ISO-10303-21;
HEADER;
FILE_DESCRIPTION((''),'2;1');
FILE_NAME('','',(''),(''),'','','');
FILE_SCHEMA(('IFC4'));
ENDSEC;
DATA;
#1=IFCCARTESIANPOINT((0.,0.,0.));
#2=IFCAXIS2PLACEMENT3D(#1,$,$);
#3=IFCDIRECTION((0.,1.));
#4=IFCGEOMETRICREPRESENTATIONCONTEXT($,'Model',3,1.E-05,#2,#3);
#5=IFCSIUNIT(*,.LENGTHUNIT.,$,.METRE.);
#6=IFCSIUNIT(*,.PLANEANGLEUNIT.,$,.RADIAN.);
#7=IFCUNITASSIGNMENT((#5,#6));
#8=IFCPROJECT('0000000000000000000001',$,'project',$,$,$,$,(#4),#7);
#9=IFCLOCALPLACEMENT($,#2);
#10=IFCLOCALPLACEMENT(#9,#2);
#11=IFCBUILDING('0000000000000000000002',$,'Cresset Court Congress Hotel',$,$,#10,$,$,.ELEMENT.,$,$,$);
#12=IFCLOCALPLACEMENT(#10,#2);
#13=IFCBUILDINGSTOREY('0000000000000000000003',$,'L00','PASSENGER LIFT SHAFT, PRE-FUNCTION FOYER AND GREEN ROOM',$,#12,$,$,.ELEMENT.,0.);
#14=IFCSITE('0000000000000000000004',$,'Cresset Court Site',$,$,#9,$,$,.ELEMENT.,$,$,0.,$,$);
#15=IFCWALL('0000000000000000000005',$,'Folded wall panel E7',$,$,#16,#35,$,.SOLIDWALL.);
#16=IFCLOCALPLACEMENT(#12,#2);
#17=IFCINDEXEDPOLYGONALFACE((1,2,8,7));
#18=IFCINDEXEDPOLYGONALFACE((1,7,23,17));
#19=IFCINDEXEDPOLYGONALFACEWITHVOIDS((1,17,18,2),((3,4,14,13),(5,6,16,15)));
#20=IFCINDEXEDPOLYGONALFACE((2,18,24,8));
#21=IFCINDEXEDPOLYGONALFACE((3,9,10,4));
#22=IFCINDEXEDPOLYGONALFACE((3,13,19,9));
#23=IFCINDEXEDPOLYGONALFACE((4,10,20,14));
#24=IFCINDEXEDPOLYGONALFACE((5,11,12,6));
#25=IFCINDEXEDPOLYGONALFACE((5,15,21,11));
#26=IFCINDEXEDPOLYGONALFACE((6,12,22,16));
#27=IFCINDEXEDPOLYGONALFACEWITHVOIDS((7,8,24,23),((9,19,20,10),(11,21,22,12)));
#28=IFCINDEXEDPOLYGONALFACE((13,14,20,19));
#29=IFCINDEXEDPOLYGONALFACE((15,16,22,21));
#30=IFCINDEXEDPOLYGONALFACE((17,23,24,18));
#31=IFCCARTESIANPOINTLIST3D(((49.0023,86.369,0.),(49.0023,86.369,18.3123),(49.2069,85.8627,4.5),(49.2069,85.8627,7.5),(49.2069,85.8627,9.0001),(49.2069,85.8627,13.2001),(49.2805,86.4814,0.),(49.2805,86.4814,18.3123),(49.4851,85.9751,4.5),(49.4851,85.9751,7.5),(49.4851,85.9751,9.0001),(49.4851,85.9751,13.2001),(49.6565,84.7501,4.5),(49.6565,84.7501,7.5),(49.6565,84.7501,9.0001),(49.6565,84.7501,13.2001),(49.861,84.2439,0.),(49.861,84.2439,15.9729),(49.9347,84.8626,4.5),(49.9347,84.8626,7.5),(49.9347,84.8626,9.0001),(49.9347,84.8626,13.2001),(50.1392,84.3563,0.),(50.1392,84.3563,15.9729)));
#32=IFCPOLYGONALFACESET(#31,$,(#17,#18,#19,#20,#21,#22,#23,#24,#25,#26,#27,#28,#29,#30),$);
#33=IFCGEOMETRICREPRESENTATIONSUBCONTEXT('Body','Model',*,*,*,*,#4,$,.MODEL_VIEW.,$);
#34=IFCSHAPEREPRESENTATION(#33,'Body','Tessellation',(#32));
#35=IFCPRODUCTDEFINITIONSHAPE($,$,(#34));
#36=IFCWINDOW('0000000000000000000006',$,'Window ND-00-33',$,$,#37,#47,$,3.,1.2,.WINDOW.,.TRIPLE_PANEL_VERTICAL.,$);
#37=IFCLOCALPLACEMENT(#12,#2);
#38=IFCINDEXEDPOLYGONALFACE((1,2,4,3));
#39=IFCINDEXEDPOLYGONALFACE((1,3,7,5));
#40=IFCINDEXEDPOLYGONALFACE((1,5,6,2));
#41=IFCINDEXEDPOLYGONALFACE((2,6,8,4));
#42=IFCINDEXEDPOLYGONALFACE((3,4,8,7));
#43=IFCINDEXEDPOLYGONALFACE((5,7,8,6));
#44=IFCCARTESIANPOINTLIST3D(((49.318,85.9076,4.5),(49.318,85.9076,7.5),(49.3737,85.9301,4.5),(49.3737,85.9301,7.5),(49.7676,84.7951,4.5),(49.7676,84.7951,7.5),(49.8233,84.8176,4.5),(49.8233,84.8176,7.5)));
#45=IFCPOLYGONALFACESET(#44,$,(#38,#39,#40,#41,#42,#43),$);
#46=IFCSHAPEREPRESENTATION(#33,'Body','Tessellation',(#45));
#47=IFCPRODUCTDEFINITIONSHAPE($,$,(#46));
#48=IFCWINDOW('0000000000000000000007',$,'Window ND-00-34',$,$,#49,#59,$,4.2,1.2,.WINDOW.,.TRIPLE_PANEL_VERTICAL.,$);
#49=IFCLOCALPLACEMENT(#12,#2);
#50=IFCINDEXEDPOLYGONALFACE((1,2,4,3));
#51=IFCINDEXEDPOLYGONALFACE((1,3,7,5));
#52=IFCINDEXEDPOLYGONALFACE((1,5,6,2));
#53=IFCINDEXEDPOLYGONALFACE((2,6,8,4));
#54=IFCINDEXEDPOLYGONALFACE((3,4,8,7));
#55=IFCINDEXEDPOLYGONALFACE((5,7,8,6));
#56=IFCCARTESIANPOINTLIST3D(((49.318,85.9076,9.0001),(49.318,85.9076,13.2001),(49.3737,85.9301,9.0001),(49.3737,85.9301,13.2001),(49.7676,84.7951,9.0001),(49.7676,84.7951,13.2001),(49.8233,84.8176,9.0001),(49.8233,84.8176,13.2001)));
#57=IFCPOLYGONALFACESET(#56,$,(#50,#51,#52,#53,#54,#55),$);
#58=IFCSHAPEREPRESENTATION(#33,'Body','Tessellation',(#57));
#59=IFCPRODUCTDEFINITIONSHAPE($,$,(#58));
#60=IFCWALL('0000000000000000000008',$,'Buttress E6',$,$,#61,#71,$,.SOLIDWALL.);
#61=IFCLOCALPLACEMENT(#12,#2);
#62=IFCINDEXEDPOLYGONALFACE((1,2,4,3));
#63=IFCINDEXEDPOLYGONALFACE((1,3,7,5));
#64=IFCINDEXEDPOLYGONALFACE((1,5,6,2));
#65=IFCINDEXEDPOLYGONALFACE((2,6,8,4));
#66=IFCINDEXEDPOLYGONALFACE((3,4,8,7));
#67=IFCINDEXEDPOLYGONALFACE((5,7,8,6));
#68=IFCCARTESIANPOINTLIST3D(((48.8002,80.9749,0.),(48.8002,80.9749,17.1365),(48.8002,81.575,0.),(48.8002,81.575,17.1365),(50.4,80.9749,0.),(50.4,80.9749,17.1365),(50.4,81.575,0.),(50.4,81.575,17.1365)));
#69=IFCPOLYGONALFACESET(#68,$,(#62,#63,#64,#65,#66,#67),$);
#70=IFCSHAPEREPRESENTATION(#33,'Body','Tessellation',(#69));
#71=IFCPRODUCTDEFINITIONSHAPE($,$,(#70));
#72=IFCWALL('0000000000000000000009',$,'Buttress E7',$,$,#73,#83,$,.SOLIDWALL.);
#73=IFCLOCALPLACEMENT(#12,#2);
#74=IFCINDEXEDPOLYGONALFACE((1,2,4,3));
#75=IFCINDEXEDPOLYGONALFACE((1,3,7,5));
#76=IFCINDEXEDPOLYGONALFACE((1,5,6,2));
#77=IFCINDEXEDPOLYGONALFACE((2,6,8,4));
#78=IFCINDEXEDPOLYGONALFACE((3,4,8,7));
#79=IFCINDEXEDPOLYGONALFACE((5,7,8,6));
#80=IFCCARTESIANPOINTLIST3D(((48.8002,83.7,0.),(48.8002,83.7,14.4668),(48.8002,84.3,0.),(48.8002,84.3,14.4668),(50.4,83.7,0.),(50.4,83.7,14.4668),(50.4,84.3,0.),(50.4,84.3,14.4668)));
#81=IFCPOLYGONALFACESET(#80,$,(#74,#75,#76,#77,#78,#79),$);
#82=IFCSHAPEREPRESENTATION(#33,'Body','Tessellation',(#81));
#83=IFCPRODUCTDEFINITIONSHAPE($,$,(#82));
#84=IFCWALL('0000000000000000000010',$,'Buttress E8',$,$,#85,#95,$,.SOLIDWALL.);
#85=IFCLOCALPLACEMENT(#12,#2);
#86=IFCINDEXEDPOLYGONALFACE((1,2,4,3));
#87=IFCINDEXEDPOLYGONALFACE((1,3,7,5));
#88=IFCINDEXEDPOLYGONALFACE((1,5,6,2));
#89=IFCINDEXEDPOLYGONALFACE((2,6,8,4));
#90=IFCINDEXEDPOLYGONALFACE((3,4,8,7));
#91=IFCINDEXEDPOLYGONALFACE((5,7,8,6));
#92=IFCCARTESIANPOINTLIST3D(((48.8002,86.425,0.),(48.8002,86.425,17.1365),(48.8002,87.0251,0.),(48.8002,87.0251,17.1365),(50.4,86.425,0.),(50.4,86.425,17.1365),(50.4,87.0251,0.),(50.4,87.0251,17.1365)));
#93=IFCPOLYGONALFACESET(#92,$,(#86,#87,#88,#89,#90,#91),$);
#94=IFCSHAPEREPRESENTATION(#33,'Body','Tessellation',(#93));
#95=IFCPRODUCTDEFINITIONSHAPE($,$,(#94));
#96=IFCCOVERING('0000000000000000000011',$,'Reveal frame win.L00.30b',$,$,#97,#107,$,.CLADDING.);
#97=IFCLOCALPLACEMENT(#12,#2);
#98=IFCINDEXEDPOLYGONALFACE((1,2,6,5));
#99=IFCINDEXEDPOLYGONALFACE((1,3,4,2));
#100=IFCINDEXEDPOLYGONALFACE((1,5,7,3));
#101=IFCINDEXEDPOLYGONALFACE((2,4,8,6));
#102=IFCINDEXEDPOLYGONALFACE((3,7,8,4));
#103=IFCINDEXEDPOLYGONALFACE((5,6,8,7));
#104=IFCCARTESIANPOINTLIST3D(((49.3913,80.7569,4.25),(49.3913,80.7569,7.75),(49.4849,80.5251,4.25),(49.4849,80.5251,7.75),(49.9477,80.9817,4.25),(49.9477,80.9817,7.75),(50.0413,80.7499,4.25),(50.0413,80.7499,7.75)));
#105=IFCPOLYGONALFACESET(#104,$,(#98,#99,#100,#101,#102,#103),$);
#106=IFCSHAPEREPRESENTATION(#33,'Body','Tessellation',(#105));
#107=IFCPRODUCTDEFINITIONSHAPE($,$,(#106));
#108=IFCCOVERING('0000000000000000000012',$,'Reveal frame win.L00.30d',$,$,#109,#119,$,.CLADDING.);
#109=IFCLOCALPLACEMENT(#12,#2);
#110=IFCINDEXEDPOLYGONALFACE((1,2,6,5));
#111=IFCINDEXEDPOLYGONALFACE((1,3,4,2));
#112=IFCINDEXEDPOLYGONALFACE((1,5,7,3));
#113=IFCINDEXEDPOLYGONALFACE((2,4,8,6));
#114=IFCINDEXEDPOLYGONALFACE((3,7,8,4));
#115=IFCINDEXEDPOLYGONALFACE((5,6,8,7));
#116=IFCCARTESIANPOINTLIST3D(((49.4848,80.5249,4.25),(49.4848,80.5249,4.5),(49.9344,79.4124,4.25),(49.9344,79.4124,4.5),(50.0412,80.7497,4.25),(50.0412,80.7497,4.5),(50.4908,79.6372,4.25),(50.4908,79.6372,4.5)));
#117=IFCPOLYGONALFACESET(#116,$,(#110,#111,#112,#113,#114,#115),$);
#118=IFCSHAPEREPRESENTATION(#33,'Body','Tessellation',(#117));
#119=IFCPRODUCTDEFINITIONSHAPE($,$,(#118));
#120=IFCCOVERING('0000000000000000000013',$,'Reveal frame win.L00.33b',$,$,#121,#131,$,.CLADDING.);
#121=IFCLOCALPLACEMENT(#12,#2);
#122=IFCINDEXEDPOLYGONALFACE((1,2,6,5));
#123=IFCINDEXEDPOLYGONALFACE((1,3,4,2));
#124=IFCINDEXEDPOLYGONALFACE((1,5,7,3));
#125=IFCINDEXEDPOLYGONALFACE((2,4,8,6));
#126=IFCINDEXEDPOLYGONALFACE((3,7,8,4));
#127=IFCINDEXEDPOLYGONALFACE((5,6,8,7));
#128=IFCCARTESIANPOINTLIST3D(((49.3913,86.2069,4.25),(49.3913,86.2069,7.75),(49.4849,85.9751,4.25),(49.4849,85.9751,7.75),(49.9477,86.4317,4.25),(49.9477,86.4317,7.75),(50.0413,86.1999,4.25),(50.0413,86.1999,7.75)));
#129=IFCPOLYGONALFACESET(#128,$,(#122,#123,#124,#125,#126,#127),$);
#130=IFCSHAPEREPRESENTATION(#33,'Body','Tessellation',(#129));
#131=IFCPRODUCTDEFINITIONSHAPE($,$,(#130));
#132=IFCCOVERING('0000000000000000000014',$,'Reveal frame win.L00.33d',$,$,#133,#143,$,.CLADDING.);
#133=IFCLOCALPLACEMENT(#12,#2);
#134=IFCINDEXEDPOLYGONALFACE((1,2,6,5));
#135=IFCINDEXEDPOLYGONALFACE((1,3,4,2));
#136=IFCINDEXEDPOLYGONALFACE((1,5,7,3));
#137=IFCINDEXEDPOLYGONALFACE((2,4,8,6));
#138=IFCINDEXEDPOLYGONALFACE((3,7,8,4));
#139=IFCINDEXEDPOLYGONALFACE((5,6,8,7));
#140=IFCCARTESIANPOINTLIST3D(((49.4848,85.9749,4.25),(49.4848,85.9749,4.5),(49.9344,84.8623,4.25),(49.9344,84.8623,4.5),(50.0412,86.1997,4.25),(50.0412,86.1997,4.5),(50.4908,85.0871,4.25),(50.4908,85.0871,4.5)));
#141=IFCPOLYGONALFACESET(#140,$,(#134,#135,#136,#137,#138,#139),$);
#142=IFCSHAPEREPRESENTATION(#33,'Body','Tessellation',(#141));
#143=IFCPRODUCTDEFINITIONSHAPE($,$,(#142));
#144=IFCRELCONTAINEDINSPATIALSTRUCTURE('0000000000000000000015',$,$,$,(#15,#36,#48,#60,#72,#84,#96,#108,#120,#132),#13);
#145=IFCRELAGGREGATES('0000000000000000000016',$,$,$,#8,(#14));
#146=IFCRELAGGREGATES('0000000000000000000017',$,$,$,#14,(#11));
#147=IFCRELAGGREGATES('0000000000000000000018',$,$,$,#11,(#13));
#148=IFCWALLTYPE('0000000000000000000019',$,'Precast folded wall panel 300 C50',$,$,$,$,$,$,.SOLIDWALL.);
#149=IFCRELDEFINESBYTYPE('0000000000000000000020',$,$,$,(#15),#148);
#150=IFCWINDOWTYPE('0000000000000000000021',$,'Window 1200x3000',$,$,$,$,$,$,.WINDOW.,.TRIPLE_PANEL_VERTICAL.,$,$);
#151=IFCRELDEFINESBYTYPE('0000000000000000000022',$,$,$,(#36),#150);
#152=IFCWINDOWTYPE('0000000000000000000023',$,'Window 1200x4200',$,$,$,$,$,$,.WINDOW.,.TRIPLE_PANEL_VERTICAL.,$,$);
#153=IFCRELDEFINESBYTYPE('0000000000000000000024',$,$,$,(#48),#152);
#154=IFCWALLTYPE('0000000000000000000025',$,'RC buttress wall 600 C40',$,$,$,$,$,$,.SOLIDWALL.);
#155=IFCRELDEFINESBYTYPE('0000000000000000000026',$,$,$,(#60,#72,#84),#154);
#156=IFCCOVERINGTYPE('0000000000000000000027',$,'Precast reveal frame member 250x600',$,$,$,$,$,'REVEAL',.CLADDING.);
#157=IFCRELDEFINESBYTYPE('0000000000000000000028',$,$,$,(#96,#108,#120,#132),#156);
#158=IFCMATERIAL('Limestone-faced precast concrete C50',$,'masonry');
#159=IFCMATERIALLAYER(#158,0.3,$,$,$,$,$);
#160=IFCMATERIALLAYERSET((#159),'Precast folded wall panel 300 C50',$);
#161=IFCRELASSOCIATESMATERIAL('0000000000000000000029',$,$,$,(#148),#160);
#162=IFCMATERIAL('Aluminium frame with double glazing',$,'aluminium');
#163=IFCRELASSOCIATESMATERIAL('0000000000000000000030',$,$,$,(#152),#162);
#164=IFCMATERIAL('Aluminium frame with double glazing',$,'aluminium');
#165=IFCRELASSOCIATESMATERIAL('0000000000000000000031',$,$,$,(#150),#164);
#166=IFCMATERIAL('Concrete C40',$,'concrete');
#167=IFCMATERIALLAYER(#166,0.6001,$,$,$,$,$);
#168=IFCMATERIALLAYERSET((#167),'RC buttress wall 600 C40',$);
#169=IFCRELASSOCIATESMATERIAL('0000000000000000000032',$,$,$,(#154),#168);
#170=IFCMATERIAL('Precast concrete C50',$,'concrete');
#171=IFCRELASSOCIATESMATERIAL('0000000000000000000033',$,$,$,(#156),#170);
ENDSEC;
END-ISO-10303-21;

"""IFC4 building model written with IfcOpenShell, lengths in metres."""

from ifc_helpers import new_model, si_unit, direction, frame, frame_2d, origin, origin_2d, place, context, subcontext, project, spatial, polyline, rectangle, outline, extrude, material, layer, layer_set, type_object, element, fill, save


model = new_model("IFC4")

# Units and contexts
model_context = context("Model", 3, precision=1e-05, world=origin(), true_north=direction((0.0, 1.0)))
body_context = subcontext(model_context, "Body", "Model", "MODEL_VIEW")
ifc_project = project(units=[si_unit("LENGTHUNIT", "METRE"), si_unit("PLANEANGLEUNIT", "RADIAN")], contexts=[model_context])

# Site, building, storey
site_placement = place(None, origin())
site = spatial("IfcSite", under=ifc_project, at=site_placement, Name="Cresset Court Site", CompositionType="ELEMENT", RefElevation=0.0)
building_placement = place(site_placement, origin())
building = spatial("IfcBuilding", under=site, at=building_placement, Name="Cresset Court Congress Hotel", CompositionType="ELEMENT")
storey_placement = place(building_placement, origin())
storey = spatial("IfcBuildingStorey", under=building, at=storey_placement, Name="L00", Description="PASSENGER LIFT SHAFT, PRE-FUNCTION FOYER AND GREEN ROOM", CompositionType="ELEMENT", Elevation=0.0)

# Shared definitions
ifc_material_1 = material(Name="Limestone-faced precast concrete C50", Category="masonry")
ifc_layer_1 = layer(ifc_material_1, 0.3)
ifc_layer_set_1 = layer_set([ifc_layer_1], Name="Precast folded wall panel 300 C50")
wall_type_1 = type_object("IfcWallType", Name="Precast folded wall panel 300 C50", PredefinedType="SOLIDWALL", material=ifc_layer_set_1)
ifc_material_2 = material(Name="Aluminium frame with double glazing", Category="aluminium")
window_type_1 = type_object("IfcWindowType", Name="Window 1200x4200", PartitioningType="TRIPLE_PANEL_VERTICAL", PredefinedType="WINDOW", material=ifc_material_2)

# Wall, openings, windows
wall_1_placement = place(storey_placement, frame((50.0, 84.3, 0.0), z_axis=(0.0, 0.0, 1.0), x_axis=(-0.374639, 0.927171, 0.0)))
wall_1 = element("IfcWall", 1, at=wall_1_placement, inside=storey, type_object=wall_type_1, Name="Folded wall panel E7", PredefinedType="SOLIDWALL", context=body_context, shape_type="SweptSolid", body=[
    extrude(outline(polyline([(0.0, 0.0), (2.292, 0.0), (2.292, 18.3123), (0.0, 15.9729), (0.0, 0.0)])), frame((0.0, 0.1499, 0.0), z_axis=(0.0, -1.0, 0.0), x_axis=(1.0, 0.0, 0.0)), (0.0, 0.0, 1.0), 0.3),
])
opening_1_placement = place(wall_1_placement, frame((0.5459, 0.0, 4.5)))
opening_1 = element("IfcOpeningElement", 2, at=opening_1_placement, cuts=wall_1, PredefinedType="OPENING", context=body_context, shape_type="SweptSolid", body=[
    extrude(rectangle(XDim=1.2, YDim=3.0, at=frame_2d((0.6001, 1.5))), frame((0.0, 0.1599, 0.0), z_axis=(0.0, -1.0, 0.0), x_axis=(1.0, 0.0, 0.0)), (0.0, 0.0, 1.0), 0.3201),
])
opening_2_placement = place(wall_1_placement, frame((0.5459, 0.0, 9.0)))
opening_2 = element("IfcOpeningElement", 3, at=opening_2_placement, cuts=wall_1, PredefinedType="OPENING", context=body_context, shape_type="SweptSolid", body=[
    extrude(rectangle(XDim=1.2, YDim=4.2, at=frame_2d((0.6001, 2.1001))), frame((0.0, 0.1599, 0.0), z_axis=(0.0, -1.0, 0.0), x_axis=(1.0, 0.0, 0.0)), (0.0, 0.0, 1.0), 0.3201),
])
ifc_material_3 = material(Name="Aluminium frame with double glazing", Category="aluminium")
window_type_2 = type_object("IfcWindowType", Name="Window 1200x3000", PartitioningType="TRIPLE_PANEL_VERTICAL", PredefinedType="WINDOW", material=ifc_material_3)
window_1_placement = place(opening_1_placement, origin())
window_1 = element("IfcWindow", 4, at=window_1_placement, inside=storey, type_object=window_type_2, Name="Window ND-00-33", OverallHeight=3.0, OverallWidth=1.2, PartitioningType="TRIPLE_PANEL_VERTICAL", PredefinedType="WINDOW", context=body_context, shape_type="SweptSolid", body=[
    extrude(rectangle(XDim=1.2, YDim=3.0, at=frame_2d((0.6001, 1.5))), frame((0.0, 0.03, 0.0), z_axis=(0.0, -1.0, 0.0), x_axis=(1.0, 0.0, 0.0)), (0.0, 0.0, 1.0), 0.0601),
])
fill(opening_1, window_1)
window_2_placement = place(opening_2_placement, origin())
window_2 = element("IfcWindow", 5, at=window_2_placement, inside=storey, type_object=window_type_1, Name="Window ND-00-34", OverallHeight=4.2, OverallWidth=1.2, PartitioningType="TRIPLE_PANEL_VERTICAL", PredefinedType="WINDOW", context=body_context, shape_type="SweptSolid", body=[
    extrude(rectangle(XDim=1.2, YDim=4.2, at=frame_2d((0.6001, 2.1001))), frame((0.0, 0.03, 0.0), z_axis=(0.0, -1.0, 0.0), x_axis=(1.0, 0.0, 0.0)), (0.0, 0.0, 1.0), 0.0601),
])
fill(opening_2, window_2)

# Walls
ifc_material_4 = material(Name="Concrete C40", Category="concrete")
ifc_layer_2 = layer(ifc_material_4, 0.6001)
ifc_layer_set_2 = layer_set([ifc_layer_2], Name="RC buttress wall 600 C40")
wall_type_2 = type_object("IfcWallType", Name="RC buttress wall 600 C40", PredefinedType="SOLIDWALL", material=ifc_layer_set_2)
wall_2_placement = place(storey_placement, frame((50.3999, 81.2749, 0.0), z_axis=(0.0, 0.0, 1.0), x_axis=(-1.0, 0.0, 0.0)))
element("IfcWall", 6, at=wall_2_placement, inside=storey, type_object=wall_type_2, Name="Buttress E6", PredefinedType="SOLIDWALL", context=body_context, shape_type="SweptSolid", body=[
    extrude(rectangle(XDim=1.5999, YDim=0.6001, at=frame_2d((0.7998, 0.0))), origin(), (0.0, 0.0, 1.0), 17.1365),
])
wall_3_placement = place(storey_placement, frame((50.3999, 84.0, 0.0), z_axis=(0.0, 0.0, 1.0), x_axis=(-1.0, 0.0, 0.0)))
element("IfcWall", 7, at=wall_3_placement, inside=storey, type_object=wall_type_2, Name="Buttress E7", PredefinedType="SOLIDWALL", context=body_context, shape_type="SweptSolid", body=[
    extrude(rectangle(XDim=1.5999, YDim=0.6001, at=frame_2d((0.7998, 0.0))), origin(), (0.0, 0.0, 1.0), 14.4668),
])
wall_4_placement = place(storey_placement, frame((50.3999, 86.7251, 0.0), z_axis=(0.0, 0.0, 1.0), x_axis=(-1.0, 0.0, 0.0)))
element("IfcWall", 8, at=wall_4_placement, inside=storey, type_object=wall_type_2, Name="Buttress E8", PredefinedType="SOLIDWALL", context=body_context, shape_type="SweptSolid", body=[
    extrude(rectangle(XDim=1.5999, YDim=0.6001, at=frame_2d((0.7998, 0.0))), origin(), (0.0, 0.0, 1.0), 17.1365),
])

# Coverings
ifc_material_5 = material(Name="Precast concrete C50", Category="concrete")
covering_type = type_object("IfcCoveringType", Name="Precast reveal frame member 250x600", ElementType="REVEAL", PredefinedType="CLADDING", material=ifc_material_5)
covering_1_placement = place(storey_placement, frame((49.7163, 80.7534, 4.25), z_axis=(0.0, 0.0, 1.0), x_axis=(-0.374623, 0.927177, 0.0)))
element("IfcCovering", 9, at=covering_1_placement, inside=storey, type_object=covering_type, Name="Reveal frame win.L00.30b", PredefinedType="CLADDING", context=body_context, shape_type="SweptSolid", body=[
    extrude(rectangle(XDim=0.25, YDim=0.6001, at=origin_2d()), origin(), (0.0, 0.0, 1.0), 3.5),
])
covering_2_placement = place(storey_placement, frame((49.9878, 80.0811, 4.25), z_axis=(0.0, 0.0, 1.0), x_axis=(-0.374623, 0.927177, 0.0)))
element("IfcCovering", 10, at=covering_2_placement, inside=storey, type_object=covering_type, Name="Reveal frame win.L00.30d", PredefinedType="CLADDING", context=body_context, shape_type="SweptSolid", body=[
    extrude(rectangle(XDim=1.2, YDim=0.6001, at=origin_2d()), origin(), (0.0, 0.0, 1.0), 0.25),
])
covering_3_placement = place(storey_placement, frame((49.7163, 86.2034, 4.25), z_axis=(0.0, 0.0, 1.0), x_axis=(-0.374623, 0.927177, 0.0)))
element("IfcCovering", 11, at=covering_3_placement, inside=storey, type_object=covering_type, Name="Reveal frame win.L00.33b", PredefinedType="CLADDING", context=body_context, shape_type="SweptSolid", body=[
    extrude(rectangle(XDim=0.25, YDim=0.6001, at=origin_2d()), origin(), (0.0, 0.0, 1.0), 3.5),
])
covering_4_placement = place(storey_placement, frame((49.9878, 85.531, 4.25), z_axis=(0.0, 0.0, 1.0), x_axis=(-0.374623, 0.927177, 0.0)))
element("IfcCovering", 12, at=covering_4_placement, inside=storey, type_object=covering_type, Name="Reveal frame win.L00.33d", PredefinedType="CLADDING", context=body_context, shape_type="SweptSolid", body=[
    extrude(rectangle(XDim=1.2, YDim=0.6001, at=origin_2d()), origin(), (0.0, 0.0, 1.0), 0.25),
])

save(model, "model.ifc")
